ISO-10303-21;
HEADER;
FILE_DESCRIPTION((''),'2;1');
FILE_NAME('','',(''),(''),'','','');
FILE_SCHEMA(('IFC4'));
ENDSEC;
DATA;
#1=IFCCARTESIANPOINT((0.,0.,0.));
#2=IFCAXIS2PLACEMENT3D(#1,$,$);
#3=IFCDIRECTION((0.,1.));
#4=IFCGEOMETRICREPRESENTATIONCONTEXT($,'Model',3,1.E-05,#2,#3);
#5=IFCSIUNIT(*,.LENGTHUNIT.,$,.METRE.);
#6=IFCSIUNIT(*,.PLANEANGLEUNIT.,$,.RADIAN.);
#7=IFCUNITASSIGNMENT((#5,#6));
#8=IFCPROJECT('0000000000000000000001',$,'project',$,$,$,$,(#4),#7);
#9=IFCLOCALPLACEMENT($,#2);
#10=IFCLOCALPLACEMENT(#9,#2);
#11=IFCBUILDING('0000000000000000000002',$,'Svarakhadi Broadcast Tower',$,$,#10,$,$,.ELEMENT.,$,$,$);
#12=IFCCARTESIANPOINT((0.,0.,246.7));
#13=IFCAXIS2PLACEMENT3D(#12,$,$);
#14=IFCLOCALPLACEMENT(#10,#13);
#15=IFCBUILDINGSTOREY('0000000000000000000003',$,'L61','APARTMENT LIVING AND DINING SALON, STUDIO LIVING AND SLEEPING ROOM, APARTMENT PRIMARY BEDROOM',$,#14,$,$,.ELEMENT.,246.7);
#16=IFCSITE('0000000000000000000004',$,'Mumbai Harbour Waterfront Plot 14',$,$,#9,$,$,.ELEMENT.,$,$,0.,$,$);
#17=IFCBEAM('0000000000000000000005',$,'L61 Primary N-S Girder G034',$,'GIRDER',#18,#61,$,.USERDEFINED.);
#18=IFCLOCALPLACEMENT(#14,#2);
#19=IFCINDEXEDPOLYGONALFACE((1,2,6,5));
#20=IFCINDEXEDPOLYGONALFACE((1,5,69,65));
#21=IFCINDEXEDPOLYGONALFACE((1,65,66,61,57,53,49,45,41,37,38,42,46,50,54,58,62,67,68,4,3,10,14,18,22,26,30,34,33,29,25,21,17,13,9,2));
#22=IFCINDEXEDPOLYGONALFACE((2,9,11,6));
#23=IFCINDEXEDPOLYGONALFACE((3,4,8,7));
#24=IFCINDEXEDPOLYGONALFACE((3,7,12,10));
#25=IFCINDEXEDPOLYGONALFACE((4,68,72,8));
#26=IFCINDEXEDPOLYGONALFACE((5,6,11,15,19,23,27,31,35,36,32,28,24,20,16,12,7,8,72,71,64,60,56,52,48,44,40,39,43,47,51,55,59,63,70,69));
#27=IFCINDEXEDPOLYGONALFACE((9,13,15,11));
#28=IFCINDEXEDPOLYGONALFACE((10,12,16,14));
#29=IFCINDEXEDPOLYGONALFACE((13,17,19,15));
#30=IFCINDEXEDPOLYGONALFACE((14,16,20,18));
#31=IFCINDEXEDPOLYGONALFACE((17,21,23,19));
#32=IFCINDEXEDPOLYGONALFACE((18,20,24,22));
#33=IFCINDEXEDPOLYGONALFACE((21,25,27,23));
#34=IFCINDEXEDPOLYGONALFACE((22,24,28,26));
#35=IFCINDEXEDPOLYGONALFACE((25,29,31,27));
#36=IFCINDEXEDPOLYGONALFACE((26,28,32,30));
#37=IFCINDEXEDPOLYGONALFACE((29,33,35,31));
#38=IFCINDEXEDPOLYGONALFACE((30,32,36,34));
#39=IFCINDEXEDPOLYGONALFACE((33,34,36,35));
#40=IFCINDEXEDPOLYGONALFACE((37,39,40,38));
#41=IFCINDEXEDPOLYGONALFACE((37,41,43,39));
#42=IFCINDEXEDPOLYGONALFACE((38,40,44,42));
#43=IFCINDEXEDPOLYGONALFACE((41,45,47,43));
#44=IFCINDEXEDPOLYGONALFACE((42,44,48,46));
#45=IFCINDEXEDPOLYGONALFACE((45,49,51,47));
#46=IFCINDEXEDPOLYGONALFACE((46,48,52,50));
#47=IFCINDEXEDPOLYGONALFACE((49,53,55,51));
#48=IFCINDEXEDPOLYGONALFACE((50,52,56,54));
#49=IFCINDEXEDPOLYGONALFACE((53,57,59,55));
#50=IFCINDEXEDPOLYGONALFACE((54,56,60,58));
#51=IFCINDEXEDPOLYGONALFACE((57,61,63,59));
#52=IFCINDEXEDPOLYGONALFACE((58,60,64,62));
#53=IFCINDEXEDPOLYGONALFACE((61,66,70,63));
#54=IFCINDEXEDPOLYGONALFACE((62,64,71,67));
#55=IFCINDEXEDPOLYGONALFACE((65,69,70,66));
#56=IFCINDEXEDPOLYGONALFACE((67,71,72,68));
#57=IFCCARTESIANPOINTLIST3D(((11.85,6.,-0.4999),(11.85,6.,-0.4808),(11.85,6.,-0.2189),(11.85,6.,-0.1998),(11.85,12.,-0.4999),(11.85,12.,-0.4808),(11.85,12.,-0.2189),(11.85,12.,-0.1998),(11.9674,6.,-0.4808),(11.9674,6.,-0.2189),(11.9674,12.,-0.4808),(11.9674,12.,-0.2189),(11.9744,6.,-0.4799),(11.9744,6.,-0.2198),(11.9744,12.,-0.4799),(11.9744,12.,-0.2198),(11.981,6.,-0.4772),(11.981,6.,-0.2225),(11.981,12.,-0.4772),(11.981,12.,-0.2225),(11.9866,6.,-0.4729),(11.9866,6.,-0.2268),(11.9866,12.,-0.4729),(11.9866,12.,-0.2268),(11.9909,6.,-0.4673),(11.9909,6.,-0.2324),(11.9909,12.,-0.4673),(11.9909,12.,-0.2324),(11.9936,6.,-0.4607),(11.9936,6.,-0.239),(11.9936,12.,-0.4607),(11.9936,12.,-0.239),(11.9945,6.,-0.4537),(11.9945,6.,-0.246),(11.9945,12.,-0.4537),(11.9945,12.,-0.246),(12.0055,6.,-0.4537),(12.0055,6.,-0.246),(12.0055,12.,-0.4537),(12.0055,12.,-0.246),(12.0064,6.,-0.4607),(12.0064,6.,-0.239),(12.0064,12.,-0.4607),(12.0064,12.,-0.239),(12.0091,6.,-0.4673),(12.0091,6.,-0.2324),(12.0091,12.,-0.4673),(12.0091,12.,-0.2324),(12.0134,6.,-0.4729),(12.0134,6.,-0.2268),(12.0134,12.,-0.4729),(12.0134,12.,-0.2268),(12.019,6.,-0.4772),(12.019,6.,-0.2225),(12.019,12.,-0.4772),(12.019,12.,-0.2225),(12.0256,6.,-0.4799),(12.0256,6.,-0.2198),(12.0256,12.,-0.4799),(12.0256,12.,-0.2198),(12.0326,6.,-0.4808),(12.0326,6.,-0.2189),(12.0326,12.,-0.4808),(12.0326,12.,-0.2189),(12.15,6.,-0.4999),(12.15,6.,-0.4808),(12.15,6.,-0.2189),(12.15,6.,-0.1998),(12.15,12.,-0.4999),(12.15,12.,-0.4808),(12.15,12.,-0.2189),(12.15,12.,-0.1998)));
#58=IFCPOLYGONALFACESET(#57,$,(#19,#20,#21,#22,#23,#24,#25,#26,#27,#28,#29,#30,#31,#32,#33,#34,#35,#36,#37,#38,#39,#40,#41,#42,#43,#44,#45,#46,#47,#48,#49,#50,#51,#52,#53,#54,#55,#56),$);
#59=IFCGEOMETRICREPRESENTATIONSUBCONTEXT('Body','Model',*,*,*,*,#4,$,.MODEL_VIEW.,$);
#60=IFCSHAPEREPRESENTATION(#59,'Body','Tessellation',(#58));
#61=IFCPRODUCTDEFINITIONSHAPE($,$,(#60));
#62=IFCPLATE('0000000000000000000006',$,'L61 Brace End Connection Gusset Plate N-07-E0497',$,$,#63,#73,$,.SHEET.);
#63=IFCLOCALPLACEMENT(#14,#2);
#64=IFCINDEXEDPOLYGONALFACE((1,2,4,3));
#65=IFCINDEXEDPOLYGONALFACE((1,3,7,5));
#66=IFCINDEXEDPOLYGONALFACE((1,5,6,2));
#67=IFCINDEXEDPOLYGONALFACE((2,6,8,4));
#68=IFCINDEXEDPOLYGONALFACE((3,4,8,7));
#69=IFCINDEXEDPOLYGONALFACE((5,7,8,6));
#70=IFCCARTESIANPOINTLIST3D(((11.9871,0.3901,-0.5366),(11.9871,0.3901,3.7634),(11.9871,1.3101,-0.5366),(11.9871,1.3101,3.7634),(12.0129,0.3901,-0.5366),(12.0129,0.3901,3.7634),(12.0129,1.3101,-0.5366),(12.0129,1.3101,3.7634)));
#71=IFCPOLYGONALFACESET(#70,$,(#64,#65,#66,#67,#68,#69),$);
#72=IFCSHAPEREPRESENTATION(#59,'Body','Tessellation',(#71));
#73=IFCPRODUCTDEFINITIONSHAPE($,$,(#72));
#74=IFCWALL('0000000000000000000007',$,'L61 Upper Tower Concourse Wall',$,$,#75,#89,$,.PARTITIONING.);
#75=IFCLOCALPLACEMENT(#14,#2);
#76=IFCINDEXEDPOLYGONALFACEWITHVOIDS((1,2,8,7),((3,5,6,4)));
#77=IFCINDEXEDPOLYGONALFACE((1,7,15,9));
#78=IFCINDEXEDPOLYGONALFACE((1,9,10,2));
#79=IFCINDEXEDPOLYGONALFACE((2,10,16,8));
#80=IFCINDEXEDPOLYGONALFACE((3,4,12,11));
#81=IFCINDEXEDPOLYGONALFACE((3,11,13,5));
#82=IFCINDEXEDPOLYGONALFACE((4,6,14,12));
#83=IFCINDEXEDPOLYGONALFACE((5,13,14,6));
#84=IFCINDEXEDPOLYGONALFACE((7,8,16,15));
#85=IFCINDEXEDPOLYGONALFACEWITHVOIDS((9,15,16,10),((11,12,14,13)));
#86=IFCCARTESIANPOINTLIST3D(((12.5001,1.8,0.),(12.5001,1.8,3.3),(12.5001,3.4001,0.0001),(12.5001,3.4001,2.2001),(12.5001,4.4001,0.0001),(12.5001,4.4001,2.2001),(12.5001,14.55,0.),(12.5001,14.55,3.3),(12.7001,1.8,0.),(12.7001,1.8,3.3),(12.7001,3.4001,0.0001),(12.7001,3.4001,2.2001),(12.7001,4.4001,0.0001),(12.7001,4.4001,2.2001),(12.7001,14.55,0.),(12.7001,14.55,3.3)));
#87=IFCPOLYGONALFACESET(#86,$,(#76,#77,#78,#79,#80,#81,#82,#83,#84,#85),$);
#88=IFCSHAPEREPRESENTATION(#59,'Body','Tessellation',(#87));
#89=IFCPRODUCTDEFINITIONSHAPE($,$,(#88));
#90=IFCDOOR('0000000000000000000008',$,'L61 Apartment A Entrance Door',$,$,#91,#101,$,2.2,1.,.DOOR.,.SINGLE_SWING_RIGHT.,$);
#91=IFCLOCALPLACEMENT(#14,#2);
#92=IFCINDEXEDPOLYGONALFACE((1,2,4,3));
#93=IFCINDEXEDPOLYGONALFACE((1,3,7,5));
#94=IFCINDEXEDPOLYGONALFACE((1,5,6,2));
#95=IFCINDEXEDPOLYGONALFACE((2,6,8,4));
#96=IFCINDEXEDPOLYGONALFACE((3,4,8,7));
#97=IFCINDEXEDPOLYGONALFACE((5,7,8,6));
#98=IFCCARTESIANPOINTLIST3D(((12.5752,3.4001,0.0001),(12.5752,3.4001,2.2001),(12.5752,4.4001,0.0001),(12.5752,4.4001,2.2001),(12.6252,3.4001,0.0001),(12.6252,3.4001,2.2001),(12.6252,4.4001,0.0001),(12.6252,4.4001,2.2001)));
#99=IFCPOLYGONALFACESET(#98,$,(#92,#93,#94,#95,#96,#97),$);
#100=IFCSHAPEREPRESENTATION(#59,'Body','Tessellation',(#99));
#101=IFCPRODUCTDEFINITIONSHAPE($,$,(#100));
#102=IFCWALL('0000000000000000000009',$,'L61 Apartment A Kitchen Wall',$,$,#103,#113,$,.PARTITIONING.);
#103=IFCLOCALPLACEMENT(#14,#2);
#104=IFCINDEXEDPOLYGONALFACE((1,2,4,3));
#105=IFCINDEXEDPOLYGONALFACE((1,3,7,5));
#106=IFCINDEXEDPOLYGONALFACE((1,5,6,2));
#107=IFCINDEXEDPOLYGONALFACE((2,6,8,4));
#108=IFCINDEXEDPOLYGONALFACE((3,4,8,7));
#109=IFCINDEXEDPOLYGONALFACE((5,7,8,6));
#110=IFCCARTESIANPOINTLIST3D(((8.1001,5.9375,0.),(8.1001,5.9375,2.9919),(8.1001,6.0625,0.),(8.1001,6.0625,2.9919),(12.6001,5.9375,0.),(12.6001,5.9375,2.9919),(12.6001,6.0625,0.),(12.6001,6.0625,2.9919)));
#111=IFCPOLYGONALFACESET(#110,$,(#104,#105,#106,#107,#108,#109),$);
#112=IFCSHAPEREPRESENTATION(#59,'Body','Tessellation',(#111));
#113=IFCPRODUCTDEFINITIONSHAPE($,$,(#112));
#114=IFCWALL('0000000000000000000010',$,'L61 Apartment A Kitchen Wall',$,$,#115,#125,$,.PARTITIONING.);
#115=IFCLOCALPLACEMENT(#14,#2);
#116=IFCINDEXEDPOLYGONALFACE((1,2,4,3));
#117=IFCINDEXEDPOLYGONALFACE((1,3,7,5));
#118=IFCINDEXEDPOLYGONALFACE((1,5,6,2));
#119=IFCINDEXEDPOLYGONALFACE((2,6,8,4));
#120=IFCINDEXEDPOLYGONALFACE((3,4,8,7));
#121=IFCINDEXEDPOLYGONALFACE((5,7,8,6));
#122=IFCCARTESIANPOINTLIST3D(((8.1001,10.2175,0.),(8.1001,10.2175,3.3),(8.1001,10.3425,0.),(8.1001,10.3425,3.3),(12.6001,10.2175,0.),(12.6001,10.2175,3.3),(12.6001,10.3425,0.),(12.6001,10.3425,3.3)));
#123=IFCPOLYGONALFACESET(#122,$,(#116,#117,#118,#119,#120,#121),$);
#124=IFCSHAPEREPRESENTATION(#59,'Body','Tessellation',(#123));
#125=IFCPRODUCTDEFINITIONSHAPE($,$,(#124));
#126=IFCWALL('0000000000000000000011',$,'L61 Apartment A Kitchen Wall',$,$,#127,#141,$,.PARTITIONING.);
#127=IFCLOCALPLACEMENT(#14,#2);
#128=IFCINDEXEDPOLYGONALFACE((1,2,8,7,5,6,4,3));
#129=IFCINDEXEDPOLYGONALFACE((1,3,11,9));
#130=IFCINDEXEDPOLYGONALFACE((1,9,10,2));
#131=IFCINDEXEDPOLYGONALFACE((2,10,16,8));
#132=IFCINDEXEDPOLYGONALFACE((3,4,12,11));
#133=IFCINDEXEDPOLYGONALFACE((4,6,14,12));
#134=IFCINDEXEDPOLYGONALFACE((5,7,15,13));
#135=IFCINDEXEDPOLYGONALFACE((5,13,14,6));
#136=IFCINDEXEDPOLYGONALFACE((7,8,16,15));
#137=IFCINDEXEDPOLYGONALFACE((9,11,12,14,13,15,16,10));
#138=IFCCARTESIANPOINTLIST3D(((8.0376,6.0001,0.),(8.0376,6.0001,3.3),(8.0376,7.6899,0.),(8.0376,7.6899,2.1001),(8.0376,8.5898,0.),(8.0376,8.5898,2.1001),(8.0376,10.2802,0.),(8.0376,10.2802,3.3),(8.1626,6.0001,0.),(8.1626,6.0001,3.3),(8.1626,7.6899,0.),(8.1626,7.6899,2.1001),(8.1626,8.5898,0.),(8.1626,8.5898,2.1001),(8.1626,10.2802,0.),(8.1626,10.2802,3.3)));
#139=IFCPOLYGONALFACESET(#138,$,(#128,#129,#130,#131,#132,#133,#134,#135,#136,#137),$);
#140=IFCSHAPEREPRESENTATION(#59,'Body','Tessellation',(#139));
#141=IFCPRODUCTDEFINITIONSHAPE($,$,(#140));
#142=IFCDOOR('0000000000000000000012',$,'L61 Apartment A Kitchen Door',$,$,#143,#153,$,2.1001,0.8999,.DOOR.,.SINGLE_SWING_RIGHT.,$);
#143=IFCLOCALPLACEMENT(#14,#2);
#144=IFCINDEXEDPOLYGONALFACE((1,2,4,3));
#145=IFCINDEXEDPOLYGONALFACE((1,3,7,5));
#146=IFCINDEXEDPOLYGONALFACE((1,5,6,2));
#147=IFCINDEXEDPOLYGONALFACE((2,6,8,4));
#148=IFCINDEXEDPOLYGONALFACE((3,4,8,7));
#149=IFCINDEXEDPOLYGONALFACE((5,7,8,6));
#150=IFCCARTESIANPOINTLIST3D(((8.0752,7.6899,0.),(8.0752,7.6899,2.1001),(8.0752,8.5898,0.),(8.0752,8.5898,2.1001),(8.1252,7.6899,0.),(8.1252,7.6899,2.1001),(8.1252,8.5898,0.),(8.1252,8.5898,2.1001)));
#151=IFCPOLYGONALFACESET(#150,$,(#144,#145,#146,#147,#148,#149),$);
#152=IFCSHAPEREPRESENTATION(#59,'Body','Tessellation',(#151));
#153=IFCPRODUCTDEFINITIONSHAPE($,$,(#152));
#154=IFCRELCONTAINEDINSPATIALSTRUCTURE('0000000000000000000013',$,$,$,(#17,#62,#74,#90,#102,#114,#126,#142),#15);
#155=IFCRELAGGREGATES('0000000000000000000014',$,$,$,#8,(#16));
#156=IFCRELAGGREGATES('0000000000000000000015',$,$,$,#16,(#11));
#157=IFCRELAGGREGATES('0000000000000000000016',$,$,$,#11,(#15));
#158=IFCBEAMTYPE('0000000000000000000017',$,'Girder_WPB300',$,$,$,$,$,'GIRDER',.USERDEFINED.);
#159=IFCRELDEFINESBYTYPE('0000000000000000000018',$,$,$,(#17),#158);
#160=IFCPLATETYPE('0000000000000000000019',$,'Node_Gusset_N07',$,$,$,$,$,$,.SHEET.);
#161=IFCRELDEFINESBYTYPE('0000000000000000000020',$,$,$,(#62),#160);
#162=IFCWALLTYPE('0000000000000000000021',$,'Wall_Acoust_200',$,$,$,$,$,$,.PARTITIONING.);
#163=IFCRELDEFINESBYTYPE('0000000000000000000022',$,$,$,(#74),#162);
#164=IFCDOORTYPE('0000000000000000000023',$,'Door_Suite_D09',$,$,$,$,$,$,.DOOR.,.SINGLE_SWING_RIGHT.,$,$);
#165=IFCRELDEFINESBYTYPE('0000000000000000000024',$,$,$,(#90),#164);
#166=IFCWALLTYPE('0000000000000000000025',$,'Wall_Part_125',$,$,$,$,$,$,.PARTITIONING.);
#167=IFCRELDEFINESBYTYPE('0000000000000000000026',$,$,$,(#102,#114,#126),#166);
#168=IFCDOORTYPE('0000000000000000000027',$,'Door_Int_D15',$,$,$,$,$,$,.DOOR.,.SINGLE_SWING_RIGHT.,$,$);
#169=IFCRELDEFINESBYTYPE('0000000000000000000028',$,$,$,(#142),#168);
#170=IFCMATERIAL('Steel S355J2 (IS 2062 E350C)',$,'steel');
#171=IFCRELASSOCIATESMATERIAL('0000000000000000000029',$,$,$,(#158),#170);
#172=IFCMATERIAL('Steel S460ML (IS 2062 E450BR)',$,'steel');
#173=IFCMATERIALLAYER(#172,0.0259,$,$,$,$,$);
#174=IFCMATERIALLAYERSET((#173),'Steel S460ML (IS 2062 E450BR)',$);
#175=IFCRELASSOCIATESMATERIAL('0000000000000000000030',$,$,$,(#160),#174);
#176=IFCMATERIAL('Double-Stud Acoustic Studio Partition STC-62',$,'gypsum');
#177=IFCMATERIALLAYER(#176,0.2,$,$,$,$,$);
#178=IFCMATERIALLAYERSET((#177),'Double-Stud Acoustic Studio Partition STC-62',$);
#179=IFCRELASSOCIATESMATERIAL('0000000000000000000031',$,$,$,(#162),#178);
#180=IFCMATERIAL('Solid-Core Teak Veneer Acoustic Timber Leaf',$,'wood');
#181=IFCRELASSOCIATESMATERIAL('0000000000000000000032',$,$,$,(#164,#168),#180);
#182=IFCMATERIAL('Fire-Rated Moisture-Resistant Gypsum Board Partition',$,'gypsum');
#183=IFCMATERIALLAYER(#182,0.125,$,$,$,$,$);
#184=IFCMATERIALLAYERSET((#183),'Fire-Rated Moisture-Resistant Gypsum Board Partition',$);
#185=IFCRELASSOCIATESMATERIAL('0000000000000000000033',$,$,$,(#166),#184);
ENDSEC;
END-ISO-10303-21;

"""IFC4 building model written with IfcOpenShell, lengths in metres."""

from ifc_helpers import new_model, si_unit, direction, frame, frame_2d, origin, origin_2d, place, context, subcontext, project, spatial, rectangle, i_section, extrude, material, layer, layer_set, material_profile, profile_set, type_object, element, fill, save


model = new_model("IFC4")

# Units and contexts
model_context = context("Model", 3, precision=1e-05, world=origin(), true_north=direction((0.0, 1.0)))
body_context = subcontext(model_context, "Body", "Model", "MODEL_VIEW")
ifc_project = project(units=[si_unit("LENGTHUNIT", "METRE"), si_unit("PLANEANGLEUNIT", "RADIAN")], contexts=[model_context])

# Site, building, storey
site_placement = place(None, origin())
site = spatial("IfcSite", under=ifc_project, at=site_placement, Name="Mumbai Harbour Waterfront Plot 14", CompositionType="ELEMENT", RefElevation=0.0)
building_placement = place(site_placement, origin())
building = spatial("IfcBuilding", under=site, at=building_placement, Name="Svarakhadi Broadcast Tower", CompositionType="ELEMENT")
storey_placement = place(building_placement, frame((0.0, 0.0, 246.7)))
storey = spatial("IfcBuildingStorey", under=building, at=storey_placement, Name="L61", Description="APARTMENT LIVING AND DINING SALON, STUDIO LIVING AND SLEEPING ROOM, APARTMENT PRIMARY BEDROOM", CompositionType="ELEMENT", Elevation=246.7)

# Shared definitions
ifc_material_1 = material(Name="Steel S460ML (IS 2062 E450BR)", Category="steel")

# Beam
ifc_material_2 = material(Name="Steel S355J2 (IS 2062 E350C)", Category="steel")
ifc_material_profile_1 = material_profile(ifc_material_2, i_section(OverallWidth=0.3, OverallDepth=0.3, WebThickness=0.011, FlangeThickness=0.019, FilletRadius=0.0271, at=origin_2d()), Name="WPB 300x300x117")
ifc_profile_set_1 = profile_set([ifc_material_profile_1], Name="Steel S355J2 (IS 2062 E350C)")
beam_type_1 = type_object("IfcBeamType", Name="Girder_WPB300", ElementType="GIRDER", PredefinedType="USERDEFINED", material=ifc_profile_set_1)
beam_1_placement = place(storey_placement, frame((12.0, 6.0, -0.3499), z_axis=(0.0, 1.0, 0.0), x_axis=(-1.0, 0.0, 0.0)))
element("IfcBeam", 1, at=beam_1_placement, inside=storey, type_object=beam_type_1, Name="L61 Primary N-S Girder G034", ObjectType="GIRDER", PredefinedType="USERDEFINED", context=body_context, shape_type="SweptSolid", body=[
    extrude(i_section(OverallWidth=0.3, OverallDepth=0.3, WebThickness=0.011, FlangeThickness=0.019, FilletRadius=0.0271, at=origin_2d()), origin(), (0.0, 0.0, 1.0), 6.0),
])

# Plate
ifc_layer_1 = layer(ifc_material_1, 0.0259)
ifc_layer_set_1 = layer_set([ifc_layer_1], Name="Steel S460ML (IS 2062 E450BR)")
plate_type = type_object("IfcPlateType", Name="Node_Gusset_N07", PredefinedType="SHEET", material=ifc_layer_set_1)
plate_placement = place(storey_placement, frame((12.0, 0.8501, -0.5366), z_axis=(0.0, 0.0, 1.0), x_axis=(0.0, 1.0, 0.0)))
element("IfcPlate", 2, at=plate_placement, inside=storey, type_object=plate_type, Name="L61 Brace End Connection Gusset Plate N-07-E0497", PredefinedType="SHEET", context=body_context, shape_type="SweptSolid", body=[
    extrude(rectangle(XDim=0.9199, YDim=0.0259, at=origin_2d()), origin(), (0.0, 0.0, 1.0), 4.3),
])

# Wall, opening, door
ifc_material_3 = material(Name="Double-Stud Acoustic Studio Partition STC-62", Category="gypsum")
ifc_layer_2 = layer(ifc_material_3, 0.2)
ifc_layer_set_2 = layer_set([ifc_layer_2], Name="Double-Stud Acoustic Studio Partition STC-62")
wall_type_1 = type_object("IfcWallType", Name="Wall_Acoust_200", PredefinedType="PARTITIONING", material=ifc_layer_set_2)
wall_1_placement = place(storey_placement, frame((12.6001, 1.8, 0.0), z_axis=(0.0, 0.0, 1.0), x_axis=(0.0, 1.0, 0.0)))
wall_1 = element("IfcWall", 3, at=wall_1_placement, inside=storey, type_object=wall_type_1, Name="L61 Upper Tower Concourse Wall", PredefinedType="PARTITIONING", context=body_context, shape_type="SweptSolid", body=[
    extrude(rectangle(XDim=12.75, YDim=0.2, at=frame_2d((6.375, 0.0))), origin(), (0.0, 0.0, 1.0), 3.3),
])
opening_1_placement = place(wall_1_placement, frame((1.6001, 0.0, 0.0)))
opening_1 = element("IfcOpeningElement", 4, at=opening_1_placement, cuts=wall_1, PredefinedType="OPENING", context=body_context, shape_type="SweptSolid", body=[
    extrude(rectangle(XDim=1.0, YDim=2.2, at=frame_2d((0.5, 1.1001))), frame((0.0, 0.1099, 0.0), z_axis=(0.0, -1.0, 0.0), x_axis=(1.0, 0.0, 0.0)), (0.0, 0.0, 1.0), 0.22),
])
ifc_material_4 = material(Name="Solid-Core Teak Veneer Acoustic Timber Leaf", Category="wood")
door_type_1 = type_object("IfcDoorType", Name="Door_Suite_D09", OperationType="SINGLE_SWING_RIGHT", PredefinedType="DOOR", material=ifc_material_4)
door_1_placement = place(opening_1_placement, origin())
door_1 = element("IfcDoor", 5, at=door_1_placement, inside=storey, type_object=door_type_1, Name="L61 Apartment A Entrance Door", OperationType="SINGLE_SWING_RIGHT", OverallHeight=2.2, OverallWidth=1.0, PredefinedType="DOOR", context=body_context, shape_type="SweptSolid", body=[
    extrude(rectangle(XDim=1.0, YDim=2.2, at=frame_2d((0.5, 1.1001))), frame((0.0, 0.0249, 0.0), z_axis=(0.0, -1.0, 0.0), x_axis=(1.0, 0.0, 0.0)), (0.0, 0.0, 1.0), 0.05),
])
fill(opening_1, door_1)

# Walls
ifc_material_5 = material(Name="Fire-Rated Moisture-Resistant Gypsum Board Partition", Category="gypsum")
ifc_layer_3 = layer(ifc_material_5, 0.125)
ifc_layer_set_3 = layer_set([ifc_layer_3], Name="Fire-Rated Moisture-Resistant Gypsum Board Partition")
wall_type_2 = type_object("IfcWallType", Name="Wall_Part_125", PredefinedType="PARTITIONING", material=ifc_layer_set_3)
wall_2_placement = place(storey_placement, frame((8.1001, 6.0, 0.0), z_axis=(0.0, 0.0, 1.0), x_axis=(1.0, 0.0, 0.0)))
element("IfcWall", 6, at=wall_2_placement, inside=storey, type_object=wall_type_2, Name="L61 Apartment A Kitchen Wall", PredefinedType="PARTITIONING", context=body_context, shape_type="SweptSolid", body=[
    extrude(rectangle(XDim=4.5, YDim=0.125, at=frame_2d((2.25, 0.0))), origin(), (0.0, 0.0, 1.0), 2.9919),
])
wall_3_placement = place(storey_placement, frame((8.1001, 10.28, 0.0), z_axis=(0.0, 0.0, 1.0), x_axis=(1.0, 0.0, 0.0)))
element("IfcWall", 7, at=wall_3_placement, inside=storey, type_object=wall_type_2, Name="L61 Apartment A Kitchen Wall", PredefinedType="PARTITIONING", context=body_context, shape_type="SweptSolid", body=[
    extrude(rectangle(XDim=4.5, YDim=0.125, at=frame_2d((2.25, 0.0))), origin(), (0.0, 0.0, 1.0), 3.3),
])

# Wall, opening, door
wall_4_placement = place(storey_placement, frame((8.1001, 6.0, 0.0), z_axis=(0.0, 0.0, 1.0), x_axis=(0.0, 1.0, 0.0)))
wall_4 = element("IfcWall", 8, at=wall_4_placement, inside=storey, type_object=wall_type_2, Name="L61 Apartment A Kitchen Wall", PredefinedType="PARTITIONING", context=body_context, shape_type="SweptSolid", body=[
    extrude(rectangle(XDim=4.28, YDim=0.125, at=frame_2d((2.1401, 0.0))), origin(), (0.0, 0.0, 1.0), 3.3),
])
opening_2_placement = place(wall_4_placement, frame((1.6899, 0.0, 0.0)))
opening_2 = element("IfcOpeningElement", 9, at=opening_2_placement, cuts=wall_4, PredefinedType="OPENING", context=body_context, shape_type="SweptSolid", body=[
    extrude(rectangle(XDim=0.8999, YDim=2.1001, at=frame_2d((0.45, 1.05))), frame((0.0, 0.0725, 0.0), z_axis=(0.0, -1.0, 0.0), x_axis=(1.0, 0.0, 0.0)), (0.0, 0.0, 1.0), 0.145),
])
door_type_2 = type_object("IfcDoorType", Name="Door_Int_D15", OperationType="SINGLE_SWING_RIGHT", PredefinedType="DOOR", material=ifc_material_4)
door_2_placement = place(opening_2_placement, origin())
door_2 = element("IfcDoor", 10, at=door_2_placement, inside=storey, type_object=door_type_2, Name="L61 Apartment A Kitchen Door", OperationType="SINGLE_SWING_RIGHT", OverallHeight=2.1001, OverallWidth=0.8999, PredefinedType="DOOR", context=body_context, shape_type="SweptSolid", body=[
    extrude(rectangle(XDim=0.8999, YDim=2.1001, at=frame_2d((0.45, 1.05))), frame((0.0, 0.0249, 0.0), z_axis=(0.0, -1.0, 0.0), x_axis=(1.0, 0.0, 0.0)), (0.0, 0.0, 1.0), 0.05),
])
fill(opening_2, door_2)

save(model, "model.ifc")
